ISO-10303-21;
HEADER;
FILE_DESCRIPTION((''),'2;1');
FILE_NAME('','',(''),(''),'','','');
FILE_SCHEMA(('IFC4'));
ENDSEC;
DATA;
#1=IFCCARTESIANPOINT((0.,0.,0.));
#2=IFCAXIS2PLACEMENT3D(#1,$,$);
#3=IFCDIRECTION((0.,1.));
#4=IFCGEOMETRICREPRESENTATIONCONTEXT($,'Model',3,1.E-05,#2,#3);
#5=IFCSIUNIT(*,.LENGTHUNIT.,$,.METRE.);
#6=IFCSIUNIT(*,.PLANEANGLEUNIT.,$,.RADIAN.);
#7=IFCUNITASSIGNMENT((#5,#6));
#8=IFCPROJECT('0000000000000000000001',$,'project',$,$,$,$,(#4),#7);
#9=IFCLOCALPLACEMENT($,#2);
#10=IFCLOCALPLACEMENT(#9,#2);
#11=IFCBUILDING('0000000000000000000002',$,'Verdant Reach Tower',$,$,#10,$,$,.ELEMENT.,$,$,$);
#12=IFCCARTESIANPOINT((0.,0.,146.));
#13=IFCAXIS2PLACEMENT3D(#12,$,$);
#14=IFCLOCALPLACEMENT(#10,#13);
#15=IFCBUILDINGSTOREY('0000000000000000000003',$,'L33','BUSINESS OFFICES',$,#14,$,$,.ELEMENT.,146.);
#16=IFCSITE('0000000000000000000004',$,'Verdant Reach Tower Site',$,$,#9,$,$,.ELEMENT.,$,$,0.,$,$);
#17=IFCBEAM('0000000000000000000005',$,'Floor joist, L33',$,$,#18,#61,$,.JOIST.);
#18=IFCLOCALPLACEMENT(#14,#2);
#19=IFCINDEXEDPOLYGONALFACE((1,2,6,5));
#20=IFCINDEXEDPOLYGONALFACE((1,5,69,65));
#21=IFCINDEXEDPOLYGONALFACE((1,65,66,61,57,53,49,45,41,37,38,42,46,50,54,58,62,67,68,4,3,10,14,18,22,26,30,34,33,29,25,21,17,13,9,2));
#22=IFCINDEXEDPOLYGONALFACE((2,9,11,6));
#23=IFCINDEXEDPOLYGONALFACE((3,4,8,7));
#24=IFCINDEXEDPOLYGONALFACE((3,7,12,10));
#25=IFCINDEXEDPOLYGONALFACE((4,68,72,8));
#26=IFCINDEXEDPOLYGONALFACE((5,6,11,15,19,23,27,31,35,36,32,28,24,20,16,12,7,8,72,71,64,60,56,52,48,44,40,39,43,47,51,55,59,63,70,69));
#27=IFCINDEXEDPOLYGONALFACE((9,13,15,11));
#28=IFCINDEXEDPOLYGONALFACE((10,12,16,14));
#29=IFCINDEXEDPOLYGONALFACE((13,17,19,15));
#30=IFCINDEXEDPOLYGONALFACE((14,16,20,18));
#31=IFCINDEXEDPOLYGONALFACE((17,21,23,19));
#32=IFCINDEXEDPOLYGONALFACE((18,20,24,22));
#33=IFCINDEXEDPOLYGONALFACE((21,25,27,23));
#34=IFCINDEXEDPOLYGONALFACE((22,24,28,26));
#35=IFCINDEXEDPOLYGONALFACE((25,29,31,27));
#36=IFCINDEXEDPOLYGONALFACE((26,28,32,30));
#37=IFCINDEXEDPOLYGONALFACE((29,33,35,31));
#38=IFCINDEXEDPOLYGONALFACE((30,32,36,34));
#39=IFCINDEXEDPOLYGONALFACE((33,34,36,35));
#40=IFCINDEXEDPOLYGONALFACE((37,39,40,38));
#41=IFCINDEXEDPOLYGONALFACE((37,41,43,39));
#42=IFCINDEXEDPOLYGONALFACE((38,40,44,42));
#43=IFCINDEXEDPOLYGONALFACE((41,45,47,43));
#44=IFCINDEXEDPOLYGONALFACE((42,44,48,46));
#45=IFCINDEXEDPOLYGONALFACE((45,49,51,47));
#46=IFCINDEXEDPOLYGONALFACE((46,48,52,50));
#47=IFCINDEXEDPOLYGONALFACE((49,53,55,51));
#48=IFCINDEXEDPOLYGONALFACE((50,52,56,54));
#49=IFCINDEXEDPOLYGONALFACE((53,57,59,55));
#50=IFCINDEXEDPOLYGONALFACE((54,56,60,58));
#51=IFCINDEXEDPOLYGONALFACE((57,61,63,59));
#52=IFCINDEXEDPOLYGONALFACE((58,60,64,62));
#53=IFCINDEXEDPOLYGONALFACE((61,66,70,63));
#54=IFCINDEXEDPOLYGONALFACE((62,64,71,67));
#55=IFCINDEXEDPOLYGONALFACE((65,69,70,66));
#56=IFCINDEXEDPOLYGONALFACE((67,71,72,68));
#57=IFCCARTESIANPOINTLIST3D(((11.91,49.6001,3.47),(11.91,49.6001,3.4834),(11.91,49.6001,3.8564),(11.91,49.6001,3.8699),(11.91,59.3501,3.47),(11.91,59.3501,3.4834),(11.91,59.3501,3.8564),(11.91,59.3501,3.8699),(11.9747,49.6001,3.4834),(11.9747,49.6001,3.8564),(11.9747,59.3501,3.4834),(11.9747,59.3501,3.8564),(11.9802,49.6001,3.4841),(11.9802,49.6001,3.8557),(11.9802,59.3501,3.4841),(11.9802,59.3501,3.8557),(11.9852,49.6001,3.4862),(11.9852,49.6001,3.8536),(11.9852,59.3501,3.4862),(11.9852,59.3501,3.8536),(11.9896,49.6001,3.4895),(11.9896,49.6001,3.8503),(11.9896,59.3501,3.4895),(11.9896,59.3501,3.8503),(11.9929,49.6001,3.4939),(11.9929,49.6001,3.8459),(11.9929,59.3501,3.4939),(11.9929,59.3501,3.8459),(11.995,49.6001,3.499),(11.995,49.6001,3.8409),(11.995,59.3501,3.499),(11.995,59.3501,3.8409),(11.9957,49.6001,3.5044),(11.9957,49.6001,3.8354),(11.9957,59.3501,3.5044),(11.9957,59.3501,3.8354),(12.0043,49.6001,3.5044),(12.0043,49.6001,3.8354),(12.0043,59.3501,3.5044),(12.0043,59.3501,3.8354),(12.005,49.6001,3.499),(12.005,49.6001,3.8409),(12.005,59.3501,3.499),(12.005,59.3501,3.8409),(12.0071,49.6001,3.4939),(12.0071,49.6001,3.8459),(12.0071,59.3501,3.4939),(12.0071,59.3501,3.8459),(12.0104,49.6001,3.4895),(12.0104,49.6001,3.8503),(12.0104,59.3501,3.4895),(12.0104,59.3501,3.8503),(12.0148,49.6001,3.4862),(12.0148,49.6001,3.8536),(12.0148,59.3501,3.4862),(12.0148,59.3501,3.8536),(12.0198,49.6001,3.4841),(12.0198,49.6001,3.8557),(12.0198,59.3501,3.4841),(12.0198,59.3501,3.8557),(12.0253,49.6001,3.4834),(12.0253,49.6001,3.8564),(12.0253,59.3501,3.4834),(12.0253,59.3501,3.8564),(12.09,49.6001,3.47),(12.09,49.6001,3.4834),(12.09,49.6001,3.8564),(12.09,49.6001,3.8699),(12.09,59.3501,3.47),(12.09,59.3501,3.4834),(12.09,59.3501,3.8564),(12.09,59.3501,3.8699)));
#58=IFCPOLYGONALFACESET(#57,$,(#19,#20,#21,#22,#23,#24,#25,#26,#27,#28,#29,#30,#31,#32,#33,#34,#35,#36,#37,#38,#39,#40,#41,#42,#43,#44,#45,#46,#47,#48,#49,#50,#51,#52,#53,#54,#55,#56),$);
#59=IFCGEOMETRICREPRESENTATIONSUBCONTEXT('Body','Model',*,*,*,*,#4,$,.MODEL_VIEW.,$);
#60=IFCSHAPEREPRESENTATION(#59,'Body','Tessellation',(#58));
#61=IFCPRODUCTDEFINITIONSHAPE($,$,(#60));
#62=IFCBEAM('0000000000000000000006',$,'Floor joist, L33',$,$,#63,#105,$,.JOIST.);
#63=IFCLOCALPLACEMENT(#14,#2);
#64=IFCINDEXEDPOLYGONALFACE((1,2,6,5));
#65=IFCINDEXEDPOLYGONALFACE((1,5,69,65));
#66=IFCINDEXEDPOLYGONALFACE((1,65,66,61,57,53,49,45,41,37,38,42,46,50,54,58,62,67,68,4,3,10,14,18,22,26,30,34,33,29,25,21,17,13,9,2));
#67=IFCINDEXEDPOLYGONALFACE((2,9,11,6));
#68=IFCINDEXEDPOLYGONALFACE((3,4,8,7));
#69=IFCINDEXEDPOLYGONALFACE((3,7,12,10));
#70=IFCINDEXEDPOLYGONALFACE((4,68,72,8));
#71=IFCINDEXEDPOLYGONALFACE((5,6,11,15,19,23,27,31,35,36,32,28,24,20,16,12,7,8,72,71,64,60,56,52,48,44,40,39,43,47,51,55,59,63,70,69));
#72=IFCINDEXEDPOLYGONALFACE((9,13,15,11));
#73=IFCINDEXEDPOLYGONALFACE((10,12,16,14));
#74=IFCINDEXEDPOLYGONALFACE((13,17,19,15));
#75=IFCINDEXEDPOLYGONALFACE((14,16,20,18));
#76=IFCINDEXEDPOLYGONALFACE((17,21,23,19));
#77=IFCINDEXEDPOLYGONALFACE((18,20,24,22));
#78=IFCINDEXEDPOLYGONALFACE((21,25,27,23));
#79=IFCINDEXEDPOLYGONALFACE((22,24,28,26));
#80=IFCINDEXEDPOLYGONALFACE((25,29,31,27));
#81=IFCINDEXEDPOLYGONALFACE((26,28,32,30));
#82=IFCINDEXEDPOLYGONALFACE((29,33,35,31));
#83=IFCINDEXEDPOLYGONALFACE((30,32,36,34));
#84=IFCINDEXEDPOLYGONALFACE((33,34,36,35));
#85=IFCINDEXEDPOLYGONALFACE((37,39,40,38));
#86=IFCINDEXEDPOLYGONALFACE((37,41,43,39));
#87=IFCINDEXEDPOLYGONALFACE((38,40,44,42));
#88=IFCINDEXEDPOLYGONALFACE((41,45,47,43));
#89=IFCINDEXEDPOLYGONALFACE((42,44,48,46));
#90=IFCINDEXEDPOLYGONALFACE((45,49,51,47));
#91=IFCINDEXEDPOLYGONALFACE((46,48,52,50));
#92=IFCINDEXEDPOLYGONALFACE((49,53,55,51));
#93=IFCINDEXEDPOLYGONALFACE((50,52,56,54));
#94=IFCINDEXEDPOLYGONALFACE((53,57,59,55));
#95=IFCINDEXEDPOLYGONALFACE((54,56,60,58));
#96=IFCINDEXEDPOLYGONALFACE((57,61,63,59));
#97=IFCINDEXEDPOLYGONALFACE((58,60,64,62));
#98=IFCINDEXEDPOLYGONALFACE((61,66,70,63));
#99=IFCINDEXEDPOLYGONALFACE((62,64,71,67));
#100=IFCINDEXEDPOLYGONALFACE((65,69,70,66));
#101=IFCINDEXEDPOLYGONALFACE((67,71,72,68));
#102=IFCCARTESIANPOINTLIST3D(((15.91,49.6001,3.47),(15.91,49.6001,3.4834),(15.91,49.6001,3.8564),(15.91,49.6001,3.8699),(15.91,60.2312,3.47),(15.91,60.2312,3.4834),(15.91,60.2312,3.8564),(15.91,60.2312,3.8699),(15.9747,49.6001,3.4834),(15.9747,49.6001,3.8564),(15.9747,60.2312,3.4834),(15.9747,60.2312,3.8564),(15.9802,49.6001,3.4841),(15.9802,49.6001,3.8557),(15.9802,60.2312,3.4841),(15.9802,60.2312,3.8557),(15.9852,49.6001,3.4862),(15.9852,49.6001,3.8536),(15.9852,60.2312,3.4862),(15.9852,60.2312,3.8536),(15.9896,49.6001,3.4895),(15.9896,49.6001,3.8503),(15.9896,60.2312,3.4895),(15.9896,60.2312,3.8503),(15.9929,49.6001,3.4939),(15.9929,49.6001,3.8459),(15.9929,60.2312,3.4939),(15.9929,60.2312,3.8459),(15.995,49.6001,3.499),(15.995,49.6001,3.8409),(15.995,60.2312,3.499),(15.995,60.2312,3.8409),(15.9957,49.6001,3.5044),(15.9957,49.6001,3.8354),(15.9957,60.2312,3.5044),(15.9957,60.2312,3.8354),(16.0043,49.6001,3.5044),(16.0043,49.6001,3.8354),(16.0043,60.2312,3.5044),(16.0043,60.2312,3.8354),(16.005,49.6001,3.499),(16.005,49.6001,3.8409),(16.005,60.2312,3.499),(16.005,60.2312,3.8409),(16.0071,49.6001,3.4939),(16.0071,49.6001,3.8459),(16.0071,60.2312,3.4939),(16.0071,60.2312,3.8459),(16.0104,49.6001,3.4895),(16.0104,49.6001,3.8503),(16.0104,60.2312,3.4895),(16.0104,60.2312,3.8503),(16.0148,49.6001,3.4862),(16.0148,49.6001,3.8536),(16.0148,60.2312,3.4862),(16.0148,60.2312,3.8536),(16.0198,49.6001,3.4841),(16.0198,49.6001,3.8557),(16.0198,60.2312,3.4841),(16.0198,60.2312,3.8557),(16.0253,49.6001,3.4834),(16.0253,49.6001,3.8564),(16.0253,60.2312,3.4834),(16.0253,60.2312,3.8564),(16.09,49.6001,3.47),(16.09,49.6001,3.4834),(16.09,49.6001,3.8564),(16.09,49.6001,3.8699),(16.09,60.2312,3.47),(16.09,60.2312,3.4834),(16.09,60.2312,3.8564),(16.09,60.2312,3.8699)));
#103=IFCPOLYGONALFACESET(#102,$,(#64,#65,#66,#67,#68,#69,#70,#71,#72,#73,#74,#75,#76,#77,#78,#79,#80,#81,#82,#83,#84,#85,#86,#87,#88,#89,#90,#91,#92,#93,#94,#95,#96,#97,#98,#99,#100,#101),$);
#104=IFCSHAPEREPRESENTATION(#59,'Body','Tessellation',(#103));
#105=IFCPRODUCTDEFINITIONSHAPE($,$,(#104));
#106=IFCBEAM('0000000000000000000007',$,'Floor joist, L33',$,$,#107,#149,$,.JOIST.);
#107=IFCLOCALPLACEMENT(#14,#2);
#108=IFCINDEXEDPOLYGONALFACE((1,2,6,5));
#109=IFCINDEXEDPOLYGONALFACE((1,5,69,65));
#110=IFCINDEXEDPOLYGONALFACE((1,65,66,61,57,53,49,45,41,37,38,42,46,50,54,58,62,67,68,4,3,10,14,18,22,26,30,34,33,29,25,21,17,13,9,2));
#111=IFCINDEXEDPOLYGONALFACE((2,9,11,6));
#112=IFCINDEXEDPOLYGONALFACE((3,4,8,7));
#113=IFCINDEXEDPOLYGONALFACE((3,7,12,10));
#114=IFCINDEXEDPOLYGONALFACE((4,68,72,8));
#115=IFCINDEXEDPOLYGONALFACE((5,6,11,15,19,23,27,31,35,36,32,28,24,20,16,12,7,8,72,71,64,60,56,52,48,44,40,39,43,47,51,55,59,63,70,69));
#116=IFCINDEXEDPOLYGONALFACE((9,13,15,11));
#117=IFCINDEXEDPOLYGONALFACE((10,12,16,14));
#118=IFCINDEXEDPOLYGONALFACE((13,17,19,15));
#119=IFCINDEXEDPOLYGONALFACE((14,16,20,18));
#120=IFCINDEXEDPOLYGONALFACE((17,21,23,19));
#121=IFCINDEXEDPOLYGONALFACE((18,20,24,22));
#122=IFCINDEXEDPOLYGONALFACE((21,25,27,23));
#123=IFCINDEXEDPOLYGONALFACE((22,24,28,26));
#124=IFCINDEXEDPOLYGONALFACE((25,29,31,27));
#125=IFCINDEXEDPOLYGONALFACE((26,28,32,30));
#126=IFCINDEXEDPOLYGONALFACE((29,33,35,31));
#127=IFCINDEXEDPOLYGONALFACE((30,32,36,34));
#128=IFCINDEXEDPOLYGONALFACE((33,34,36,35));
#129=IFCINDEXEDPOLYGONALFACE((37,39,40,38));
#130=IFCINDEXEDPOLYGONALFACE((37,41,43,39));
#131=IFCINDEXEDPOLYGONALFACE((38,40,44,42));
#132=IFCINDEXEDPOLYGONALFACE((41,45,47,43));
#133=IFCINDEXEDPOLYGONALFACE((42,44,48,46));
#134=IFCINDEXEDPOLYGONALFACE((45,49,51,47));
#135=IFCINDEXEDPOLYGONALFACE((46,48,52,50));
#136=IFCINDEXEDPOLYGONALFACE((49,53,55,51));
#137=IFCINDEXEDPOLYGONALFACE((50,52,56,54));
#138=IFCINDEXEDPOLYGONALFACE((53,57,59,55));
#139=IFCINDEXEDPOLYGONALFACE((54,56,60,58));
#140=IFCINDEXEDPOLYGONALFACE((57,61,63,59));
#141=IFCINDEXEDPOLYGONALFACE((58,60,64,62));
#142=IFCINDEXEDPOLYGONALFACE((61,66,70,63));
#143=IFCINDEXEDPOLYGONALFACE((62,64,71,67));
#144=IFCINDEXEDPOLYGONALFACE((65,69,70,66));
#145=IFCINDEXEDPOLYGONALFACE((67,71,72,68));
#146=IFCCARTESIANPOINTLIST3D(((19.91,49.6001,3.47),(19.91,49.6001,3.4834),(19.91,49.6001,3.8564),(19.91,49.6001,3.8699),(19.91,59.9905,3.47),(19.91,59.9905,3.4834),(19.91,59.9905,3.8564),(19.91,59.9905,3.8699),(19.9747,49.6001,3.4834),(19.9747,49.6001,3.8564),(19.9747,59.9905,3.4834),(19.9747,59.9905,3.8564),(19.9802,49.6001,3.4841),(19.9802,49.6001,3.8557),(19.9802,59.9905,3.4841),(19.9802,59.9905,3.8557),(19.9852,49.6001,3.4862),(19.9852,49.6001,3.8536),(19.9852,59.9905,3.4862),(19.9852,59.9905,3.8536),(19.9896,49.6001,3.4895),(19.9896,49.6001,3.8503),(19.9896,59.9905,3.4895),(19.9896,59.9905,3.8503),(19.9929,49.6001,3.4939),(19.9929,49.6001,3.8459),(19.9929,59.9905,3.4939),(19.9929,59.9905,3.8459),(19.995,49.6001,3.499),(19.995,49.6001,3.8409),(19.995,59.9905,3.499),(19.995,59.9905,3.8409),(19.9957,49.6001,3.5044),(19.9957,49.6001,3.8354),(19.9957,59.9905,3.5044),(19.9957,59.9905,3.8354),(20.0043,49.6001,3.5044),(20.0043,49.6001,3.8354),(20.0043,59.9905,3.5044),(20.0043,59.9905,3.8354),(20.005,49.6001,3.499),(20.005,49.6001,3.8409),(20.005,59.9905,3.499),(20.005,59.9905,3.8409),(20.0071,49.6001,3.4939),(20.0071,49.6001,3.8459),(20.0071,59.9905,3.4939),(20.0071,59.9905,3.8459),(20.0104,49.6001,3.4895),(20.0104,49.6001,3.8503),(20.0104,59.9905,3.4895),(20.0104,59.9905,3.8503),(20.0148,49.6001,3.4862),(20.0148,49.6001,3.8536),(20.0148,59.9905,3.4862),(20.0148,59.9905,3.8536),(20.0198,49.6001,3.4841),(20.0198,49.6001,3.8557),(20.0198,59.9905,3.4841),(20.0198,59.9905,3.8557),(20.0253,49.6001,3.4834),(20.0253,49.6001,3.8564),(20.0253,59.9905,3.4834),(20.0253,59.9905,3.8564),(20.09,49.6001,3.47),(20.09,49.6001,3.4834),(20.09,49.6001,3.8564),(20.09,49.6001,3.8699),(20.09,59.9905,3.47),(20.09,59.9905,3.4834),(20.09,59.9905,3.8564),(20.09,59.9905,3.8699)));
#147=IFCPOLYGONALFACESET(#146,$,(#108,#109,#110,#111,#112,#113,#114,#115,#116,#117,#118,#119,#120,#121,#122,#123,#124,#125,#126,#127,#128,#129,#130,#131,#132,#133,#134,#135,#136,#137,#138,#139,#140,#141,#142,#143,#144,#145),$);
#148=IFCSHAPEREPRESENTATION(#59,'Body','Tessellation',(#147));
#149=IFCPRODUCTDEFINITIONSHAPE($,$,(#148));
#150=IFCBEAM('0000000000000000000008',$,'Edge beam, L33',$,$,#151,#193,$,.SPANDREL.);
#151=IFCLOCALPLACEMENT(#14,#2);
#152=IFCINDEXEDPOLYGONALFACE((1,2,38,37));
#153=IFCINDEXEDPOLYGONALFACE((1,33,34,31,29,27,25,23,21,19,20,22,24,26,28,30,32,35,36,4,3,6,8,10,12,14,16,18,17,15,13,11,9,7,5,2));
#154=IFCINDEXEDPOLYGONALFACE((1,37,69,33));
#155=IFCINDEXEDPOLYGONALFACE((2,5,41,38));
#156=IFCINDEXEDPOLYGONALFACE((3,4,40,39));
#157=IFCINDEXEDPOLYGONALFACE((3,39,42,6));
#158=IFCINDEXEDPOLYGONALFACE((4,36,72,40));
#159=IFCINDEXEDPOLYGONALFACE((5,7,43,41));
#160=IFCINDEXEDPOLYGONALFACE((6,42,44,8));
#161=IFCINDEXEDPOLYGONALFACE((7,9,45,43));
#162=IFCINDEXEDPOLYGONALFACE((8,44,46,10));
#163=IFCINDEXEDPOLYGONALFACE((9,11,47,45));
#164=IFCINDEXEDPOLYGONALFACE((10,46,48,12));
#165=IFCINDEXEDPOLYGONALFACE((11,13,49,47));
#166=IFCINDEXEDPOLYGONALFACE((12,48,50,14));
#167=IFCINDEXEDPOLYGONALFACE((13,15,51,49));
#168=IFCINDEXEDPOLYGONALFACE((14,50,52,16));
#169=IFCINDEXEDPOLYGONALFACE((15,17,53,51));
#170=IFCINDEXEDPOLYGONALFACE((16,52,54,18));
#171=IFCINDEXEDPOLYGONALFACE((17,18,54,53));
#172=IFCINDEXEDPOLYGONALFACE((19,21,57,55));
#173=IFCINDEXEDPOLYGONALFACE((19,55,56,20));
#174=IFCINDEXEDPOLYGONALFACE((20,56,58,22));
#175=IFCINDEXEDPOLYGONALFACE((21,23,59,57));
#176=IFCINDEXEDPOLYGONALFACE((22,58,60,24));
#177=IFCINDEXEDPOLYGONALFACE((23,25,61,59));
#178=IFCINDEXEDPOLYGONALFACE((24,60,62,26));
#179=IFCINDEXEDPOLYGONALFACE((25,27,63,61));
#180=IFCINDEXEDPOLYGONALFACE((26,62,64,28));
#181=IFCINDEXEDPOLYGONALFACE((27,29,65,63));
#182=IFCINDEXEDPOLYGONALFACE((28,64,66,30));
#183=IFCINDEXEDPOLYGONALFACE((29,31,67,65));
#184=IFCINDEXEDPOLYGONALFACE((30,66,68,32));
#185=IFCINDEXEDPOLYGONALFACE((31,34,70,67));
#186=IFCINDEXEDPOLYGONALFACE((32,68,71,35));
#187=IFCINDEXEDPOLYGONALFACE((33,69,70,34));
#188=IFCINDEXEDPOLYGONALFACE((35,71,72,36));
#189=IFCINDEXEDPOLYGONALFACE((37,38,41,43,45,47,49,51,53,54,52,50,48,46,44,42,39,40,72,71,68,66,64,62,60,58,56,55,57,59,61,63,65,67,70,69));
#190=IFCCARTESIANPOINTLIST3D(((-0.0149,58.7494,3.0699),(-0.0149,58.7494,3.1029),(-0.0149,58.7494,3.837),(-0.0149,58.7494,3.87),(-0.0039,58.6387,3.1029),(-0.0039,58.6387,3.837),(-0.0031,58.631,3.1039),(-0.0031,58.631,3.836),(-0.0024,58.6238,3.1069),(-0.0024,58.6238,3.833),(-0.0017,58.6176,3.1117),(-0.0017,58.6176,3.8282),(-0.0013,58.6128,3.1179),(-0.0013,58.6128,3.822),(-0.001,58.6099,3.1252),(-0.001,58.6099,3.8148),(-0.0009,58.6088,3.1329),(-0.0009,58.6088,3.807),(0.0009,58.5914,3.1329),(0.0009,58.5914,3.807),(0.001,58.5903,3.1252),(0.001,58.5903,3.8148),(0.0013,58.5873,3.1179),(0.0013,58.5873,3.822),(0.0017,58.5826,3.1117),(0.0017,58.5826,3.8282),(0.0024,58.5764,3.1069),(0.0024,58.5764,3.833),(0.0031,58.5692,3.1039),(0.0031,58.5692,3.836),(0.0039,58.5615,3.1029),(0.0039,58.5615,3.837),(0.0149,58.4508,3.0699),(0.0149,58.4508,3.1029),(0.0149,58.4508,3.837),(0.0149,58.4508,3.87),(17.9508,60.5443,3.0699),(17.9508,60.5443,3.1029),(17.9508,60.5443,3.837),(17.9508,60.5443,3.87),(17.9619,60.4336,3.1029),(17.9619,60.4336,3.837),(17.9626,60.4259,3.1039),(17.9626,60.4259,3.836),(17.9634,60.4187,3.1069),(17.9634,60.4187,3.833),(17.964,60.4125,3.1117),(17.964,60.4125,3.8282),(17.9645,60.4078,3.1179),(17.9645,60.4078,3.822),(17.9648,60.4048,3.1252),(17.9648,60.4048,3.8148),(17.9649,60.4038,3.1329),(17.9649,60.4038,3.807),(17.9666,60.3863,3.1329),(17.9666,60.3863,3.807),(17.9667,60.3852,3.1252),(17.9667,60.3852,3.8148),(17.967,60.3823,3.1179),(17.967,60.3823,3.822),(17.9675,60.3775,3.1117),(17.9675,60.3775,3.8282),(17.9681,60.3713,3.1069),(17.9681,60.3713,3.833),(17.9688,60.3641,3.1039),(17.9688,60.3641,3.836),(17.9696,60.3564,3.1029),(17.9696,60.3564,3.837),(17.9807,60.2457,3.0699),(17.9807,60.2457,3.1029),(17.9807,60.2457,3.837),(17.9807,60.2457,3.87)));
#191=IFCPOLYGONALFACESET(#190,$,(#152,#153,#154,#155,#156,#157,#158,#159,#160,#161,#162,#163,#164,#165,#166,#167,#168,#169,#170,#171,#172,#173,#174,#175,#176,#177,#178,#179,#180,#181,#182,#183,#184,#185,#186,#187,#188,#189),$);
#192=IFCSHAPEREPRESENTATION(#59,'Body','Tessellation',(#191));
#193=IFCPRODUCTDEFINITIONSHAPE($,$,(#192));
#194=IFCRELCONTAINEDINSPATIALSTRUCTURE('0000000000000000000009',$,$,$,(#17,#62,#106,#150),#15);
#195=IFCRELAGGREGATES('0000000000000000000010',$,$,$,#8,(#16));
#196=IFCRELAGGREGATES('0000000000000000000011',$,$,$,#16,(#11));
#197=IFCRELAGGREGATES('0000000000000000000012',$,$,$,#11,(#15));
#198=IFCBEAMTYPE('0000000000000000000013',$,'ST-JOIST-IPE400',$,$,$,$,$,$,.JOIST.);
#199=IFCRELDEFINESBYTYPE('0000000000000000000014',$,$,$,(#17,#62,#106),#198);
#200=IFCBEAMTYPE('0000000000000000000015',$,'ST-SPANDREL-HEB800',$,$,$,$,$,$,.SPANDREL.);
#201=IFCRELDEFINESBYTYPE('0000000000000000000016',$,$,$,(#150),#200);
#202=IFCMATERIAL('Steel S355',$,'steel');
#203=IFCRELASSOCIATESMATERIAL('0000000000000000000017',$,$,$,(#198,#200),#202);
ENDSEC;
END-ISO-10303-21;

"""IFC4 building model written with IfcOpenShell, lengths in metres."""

from ifc_helpers import new_model, si_unit, direction, frame, origin, origin_2d, place, context, subcontext, project, spatial, i_section, extrude, material, material_profile, profile_set, type_object, element, save


model = new_model("IFC4")

# Units and contexts
model_context = context("Model", 3, precision=1e-05, world=origin(), true_north=direction((0.0, 1.0)))
body_context = subcontext(model_context, "Body", "Model", "MODEL_VIEW")
ifc_project = project(units=[si_unit("LENGTHUNIT", "METRE"), si_unit("PLANEANGLEUNIT", "RADIAN")], contexts=[model_context])

# Site, building, storey
site_placement = place(None, origin())
site = spatial("IfcSite", under=ifc_project, at=site_placement, Name="Verdant Reach Tower Site", CompositionType="ELEMENT", RefElevation=0.0)
building_placement = place(site_placement, origin())
building = spatial("IfcBuilding", under=site, at=building_placement, Name="Verdant Reach Tower", CompositionType="ELEMENT")
storey_placement = place(building_placement, frame((0.0, 0.0, 146.0)))
storey = spatial("IfcBuildingStorey", under=building, at=storey_placement, Name="L33", Description="BUSINESS OFFICES", CompositionType="ELEMENT", Elevation=146.0)

# Beams
ifc_material_1 = material(Name="Steel S355", Category="steel")
ifc_material_profile_1 = material_profile(ifc_material_1, i_section(OverallWidth=0.1799, OverallDepth=0.3999, WebThickness=0.0085, FlangeThickness=0.0134, FilletRadius=0.021, at=origin_2d()), Name="IPE 400")
ifc_profile_set_1 = profile_set([ifc_material_profile_1], Name="Steel S355")
beam_type_1 = type_object("IfcBeamType", Name="ST-JOIST-IPE400", PredefinedType="JOIST", material=ifc_profile_set_1)
beam_1_placement = place(storey_placement, frame((12.0, 49.6001, 3.6699), z_axis=(0.0, 1.0, 0.0), x_axis=(-1.0, 0.0, 0.0)))
element("IfcBeam", 1, at=beam_1_placement, inside=storey, type_object=beam_type_1, Name="Floor joist, L33", PredefinedType="JOIST", context=body_context, shape_type="SweptSolid", body=[
    extrude(i_section(OverallWidth=0.1799, OverallDepth=0.3999, WebThickness=0.0085, FlangeThickness=0.0134, FilletRadius=0.021, at=origin_2d()), origin(), (0.0, 0.0, 1.0), 9.75),
])
beam_2_placement = place(storey_placement, frame((16.0, 49.6001, 3.6699), z_axis=(0.0, 1.0, 0.0), x_axis=(-1.0, 0.0, 0.0)))
element("IfcBeam", 2, at=beam_2_placement, inside=storey, type_object=beam_type_1, Name="Floor joist, L33", PredefinedType="JOIST", context=body_context, shape_type="SweptSolid", body=[
    extrude(i_section(OverallWidth=0.1799, OverallDepth=0.3999, WebThickness=0.0085, FlangeThickness=0.0134, FilletRadius=0.021, at=origin_2d()), origin(), (0.0, 0.0, 1.0), 10.6311),
])
beam_3_placement = place(storey_placement, frame((20.0, 49.6001, 3.6699), z_axis=(0.0, 1.0, 0.0), x_axis=(-1.0, 0.0, 0.0)))
element("IfcBeam", 3, at=beam_3_placement, inside=storey, type_object=beam_type_1, Name="Floor joist, L33", PredefinedType="JOIST", context=body_context, shape_type="SweptSolid", body=[
    extrude(i_section(OverallWidth=0.1799, OverallDepth=0.3999, WebThickness=0.0085, FlangeThickness=0.0134, FilletRadius=0.021, at=origin_2d()), origin(), (0.0, 0.0, 1.0), 10.3904),
])
ifc_material_profile_2 = material_profile(ifc_material_1, i_section(OverallWidth=0.3, OverallDepth=0.8, WebThickness=0.0176, FlangeThickness=0.033, FilletRadius=0.03, at=origin_2d()), Name="HEB 800")
ifc_profile_set_2 = profile_set([ifc_material_profile_2], Name="Steel S355")
beam_type_2 = type_object("IfcBeamType", Name="ST-SPANDREL-HEB800", PredefinedType="SPANDREL", material=ifc_profile_set_2)
beam_4_placement = place(storey_placement, frame((0.0, 58.6001, 3.47), z_axis=(0.995046, 0.099413, 0.0), x_axis=(-0.099413, 0.995046, 0.0)))
element("IfcBeam", 4, at=beam_4_placement, inside=storey, type_object=beam_type_2, Name="Edge beam, L33", PredefinedType="SPANDREL", context=body_context, shape_type="SweptSolid", body=[
    extrude(i_section(OverallWidth=0.3, OverallDepth=0.8, WebThickness=0.0176, FlangeThickness=0.033, FilletRadius=0.03, at=origin_2d()), origin(), (0.0, 0.0, 1.0), 18.0552),
])

save(model, "model.ifc")
